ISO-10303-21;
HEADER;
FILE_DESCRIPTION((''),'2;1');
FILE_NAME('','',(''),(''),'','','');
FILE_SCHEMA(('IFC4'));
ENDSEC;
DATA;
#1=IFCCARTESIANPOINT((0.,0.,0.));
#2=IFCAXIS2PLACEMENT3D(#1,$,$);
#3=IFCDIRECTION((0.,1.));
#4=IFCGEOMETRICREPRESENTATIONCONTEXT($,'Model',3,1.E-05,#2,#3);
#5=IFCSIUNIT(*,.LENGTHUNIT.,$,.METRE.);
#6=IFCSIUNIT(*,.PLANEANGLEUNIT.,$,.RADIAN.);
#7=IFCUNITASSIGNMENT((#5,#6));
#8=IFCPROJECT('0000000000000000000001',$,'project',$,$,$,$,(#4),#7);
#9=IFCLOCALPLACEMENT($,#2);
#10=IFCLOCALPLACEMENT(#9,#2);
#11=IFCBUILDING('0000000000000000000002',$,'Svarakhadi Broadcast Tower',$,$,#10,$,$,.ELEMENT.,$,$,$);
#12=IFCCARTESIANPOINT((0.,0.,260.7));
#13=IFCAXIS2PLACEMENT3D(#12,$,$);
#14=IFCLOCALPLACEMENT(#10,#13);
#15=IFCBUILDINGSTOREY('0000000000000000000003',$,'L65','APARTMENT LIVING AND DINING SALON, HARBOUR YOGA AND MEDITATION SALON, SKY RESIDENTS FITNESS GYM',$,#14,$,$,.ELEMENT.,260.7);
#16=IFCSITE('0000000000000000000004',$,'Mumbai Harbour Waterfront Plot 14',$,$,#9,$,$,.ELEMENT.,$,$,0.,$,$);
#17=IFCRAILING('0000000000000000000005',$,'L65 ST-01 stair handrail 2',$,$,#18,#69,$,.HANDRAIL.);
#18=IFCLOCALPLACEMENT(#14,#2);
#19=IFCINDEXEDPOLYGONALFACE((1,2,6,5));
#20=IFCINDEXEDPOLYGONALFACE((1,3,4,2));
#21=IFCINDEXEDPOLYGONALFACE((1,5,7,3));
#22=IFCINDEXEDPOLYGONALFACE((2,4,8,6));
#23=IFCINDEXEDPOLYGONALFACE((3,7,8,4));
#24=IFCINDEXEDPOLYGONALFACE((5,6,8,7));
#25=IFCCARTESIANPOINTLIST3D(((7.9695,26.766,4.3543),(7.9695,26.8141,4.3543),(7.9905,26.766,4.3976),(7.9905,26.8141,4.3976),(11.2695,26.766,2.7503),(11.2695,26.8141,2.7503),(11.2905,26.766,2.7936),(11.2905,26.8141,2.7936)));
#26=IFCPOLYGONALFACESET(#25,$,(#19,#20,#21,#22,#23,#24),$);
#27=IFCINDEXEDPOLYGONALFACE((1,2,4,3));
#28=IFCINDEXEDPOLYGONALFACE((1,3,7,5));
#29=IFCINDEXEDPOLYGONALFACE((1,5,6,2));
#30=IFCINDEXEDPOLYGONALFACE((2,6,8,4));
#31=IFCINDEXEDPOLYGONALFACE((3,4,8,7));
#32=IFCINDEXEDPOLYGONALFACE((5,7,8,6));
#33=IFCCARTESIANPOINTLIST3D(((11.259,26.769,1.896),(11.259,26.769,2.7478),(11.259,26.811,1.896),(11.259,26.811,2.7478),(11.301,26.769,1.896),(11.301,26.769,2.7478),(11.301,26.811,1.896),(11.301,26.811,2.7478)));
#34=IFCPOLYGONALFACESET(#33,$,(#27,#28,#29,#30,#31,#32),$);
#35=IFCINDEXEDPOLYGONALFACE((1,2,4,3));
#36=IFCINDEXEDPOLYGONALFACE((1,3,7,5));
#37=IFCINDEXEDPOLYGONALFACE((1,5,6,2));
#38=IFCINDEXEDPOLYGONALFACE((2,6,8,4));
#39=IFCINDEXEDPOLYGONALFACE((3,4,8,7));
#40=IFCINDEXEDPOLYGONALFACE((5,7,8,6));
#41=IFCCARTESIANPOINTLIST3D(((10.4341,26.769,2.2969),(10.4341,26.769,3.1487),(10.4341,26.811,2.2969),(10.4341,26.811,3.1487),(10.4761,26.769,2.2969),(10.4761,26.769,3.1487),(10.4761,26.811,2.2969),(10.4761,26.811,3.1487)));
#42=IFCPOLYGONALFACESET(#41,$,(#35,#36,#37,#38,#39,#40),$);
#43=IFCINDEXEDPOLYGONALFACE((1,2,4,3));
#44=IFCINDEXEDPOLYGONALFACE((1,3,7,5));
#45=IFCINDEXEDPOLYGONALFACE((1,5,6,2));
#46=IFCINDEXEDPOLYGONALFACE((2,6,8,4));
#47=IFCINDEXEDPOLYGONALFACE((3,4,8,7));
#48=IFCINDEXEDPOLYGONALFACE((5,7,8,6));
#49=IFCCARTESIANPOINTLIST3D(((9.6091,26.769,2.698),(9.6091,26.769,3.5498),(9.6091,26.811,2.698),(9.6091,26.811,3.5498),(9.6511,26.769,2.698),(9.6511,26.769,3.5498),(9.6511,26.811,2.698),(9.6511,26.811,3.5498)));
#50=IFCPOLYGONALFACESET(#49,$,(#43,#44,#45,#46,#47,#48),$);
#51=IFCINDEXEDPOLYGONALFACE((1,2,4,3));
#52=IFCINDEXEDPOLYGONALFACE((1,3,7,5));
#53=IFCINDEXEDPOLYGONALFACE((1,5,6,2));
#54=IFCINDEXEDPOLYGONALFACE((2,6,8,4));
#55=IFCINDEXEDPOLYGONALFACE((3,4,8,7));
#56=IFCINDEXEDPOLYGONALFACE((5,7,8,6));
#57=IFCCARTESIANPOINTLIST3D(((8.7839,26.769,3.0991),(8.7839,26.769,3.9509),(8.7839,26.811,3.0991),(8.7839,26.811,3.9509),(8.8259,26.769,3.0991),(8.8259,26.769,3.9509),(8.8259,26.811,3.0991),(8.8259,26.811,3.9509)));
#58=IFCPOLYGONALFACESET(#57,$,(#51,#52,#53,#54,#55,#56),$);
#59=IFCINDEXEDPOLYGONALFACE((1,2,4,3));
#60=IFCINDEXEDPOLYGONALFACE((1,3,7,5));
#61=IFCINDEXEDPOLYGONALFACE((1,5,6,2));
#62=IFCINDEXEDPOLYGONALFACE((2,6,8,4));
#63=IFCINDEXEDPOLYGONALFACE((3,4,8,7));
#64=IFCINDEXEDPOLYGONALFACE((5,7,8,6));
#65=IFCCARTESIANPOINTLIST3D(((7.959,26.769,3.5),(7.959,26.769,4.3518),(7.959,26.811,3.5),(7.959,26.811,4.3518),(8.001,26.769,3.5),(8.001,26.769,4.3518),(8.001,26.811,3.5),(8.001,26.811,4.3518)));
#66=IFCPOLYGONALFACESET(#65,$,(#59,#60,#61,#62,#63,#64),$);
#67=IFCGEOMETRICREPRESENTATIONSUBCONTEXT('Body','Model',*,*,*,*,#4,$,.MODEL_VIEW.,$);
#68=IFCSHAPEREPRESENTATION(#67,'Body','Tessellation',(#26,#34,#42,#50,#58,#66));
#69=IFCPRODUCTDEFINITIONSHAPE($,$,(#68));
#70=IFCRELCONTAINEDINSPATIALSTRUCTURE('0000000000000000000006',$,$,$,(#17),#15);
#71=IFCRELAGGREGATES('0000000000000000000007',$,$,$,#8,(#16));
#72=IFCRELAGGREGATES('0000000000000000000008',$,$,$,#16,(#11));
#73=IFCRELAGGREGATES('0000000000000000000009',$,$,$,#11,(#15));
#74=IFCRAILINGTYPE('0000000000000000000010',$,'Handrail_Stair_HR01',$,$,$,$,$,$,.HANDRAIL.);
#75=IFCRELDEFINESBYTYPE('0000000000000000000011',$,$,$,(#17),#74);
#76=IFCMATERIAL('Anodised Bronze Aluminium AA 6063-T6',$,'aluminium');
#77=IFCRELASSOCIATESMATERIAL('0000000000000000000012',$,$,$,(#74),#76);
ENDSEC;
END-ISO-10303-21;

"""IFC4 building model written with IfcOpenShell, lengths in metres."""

from ifc_helpers import new_model, si_unit, direction, frame, origin, origin_2d, place, context, subcontext, project, spatial, rectangle, extrude, material, type_object, element, save


model = new_model("IFC4")

# Units and contexts
model_context = context("Model", 3, precision=1e-05, world=origin(), true_north=direction((0.0, 1.0)))
body_context = subcontext(model_context, "Body", "Model", "MODEL_VIEW")
ifc_project = project(units=[si_unit("LENGTHUNIT", "METRE"), si_unit("PLANEANGLEUNIT", "RADIAN")], contexts=[model_context])

# Site, building, storey
site_placement = place(None, origin())
site = spatial("IfcSite", under=ifc_project, at=site_placement, Name="Mumbai Harbour Waterfront Plot 14", CompositionType="ELEMENT", RefElevation=0.0)
building_placement = place(site_placement, origin())
building = spatial("IfcBuilding", under=site, at=building_placement, Name="Svarakhadi Broadcast Tower", CompositionType="ELEMENT")
storey_placement = place(building_placement, frame((0.0, 0.0, 260.7)))
storey = spatial("IfcBuildingStorey", under=building, at=storey_placement, Name="L65", Description="APARTMENT LIVING AND DINING SALON, HARBOUR YOGA AND MEDITATION SALON, SKY RESIDENTS FITNESS GYM", CompositionType="ELEMENT", Elevation=260.7)

# Shared definitions
ifc_material_1 = material(Name="Anodised Bronze Aluminium AA 6063-T6", Category="aluminium")

# Railing
railing_type_1 = type_object("IfcRailingType", Name="Handrail_Stair_HR01", PredefinedType="HANDRAIL", material=ifc_material_1)
railing_1_placement = place(storey_placement, frame((11.28, 26.79, 1.896)))
element("IfcRailing", 1, at=railing_1_placement, inside=storey, type_object=railing_type_1, Name="L65 ST-01 stair handrail 2", PredefinedType="HANDRAIL", context=body_context, shape_type="SweptSolid", body=[
    extrude(rectangle(XDim=0.0481, YDim=0.0481, at=origin_2d()), frame((0.0, 0.0, 0.876), z_axis=(-0.899388, 0.0, 0.437152), x_axis=(0.0, -1.0, 0.0)), (0.0, 0.0, 1.0), 3.6692),
    extrude(rectangle(XDim=0.042, YDim=0.042, at=origin_2d()), origin(), (0.0, 0.0, 1.0), 0.8518),
    extrude(rectangle(XDim=0.042, YDim=0.042, at=origin_2d()), frame((-0.825, 0.0, 0.4009)), (0.0, 0.0, 1.0), 0.8518),
    extrude(rectangle(XDim=0.042, YDim=0.042, at=origin_2d()), frame((-1.6499, 0.0, 0.802)), (0.0, 0.0, 1.0), 0.8518),
    extrude(rectangle(XDim=0.042, YDim=0.042, at=origin_2d()), frame((-2.4751, 0.0, 1.2031)), (0.0, 0.0, 1.0), 0.8518),
    extrude(rectangle(XDim=0.042, YDim=0.042, at=origin_2d()), frame((-3.3, 0.0, 1.604)), (0.0, 0.0, 1.0), 0.8518),
])

save(model, "model.ifc")
